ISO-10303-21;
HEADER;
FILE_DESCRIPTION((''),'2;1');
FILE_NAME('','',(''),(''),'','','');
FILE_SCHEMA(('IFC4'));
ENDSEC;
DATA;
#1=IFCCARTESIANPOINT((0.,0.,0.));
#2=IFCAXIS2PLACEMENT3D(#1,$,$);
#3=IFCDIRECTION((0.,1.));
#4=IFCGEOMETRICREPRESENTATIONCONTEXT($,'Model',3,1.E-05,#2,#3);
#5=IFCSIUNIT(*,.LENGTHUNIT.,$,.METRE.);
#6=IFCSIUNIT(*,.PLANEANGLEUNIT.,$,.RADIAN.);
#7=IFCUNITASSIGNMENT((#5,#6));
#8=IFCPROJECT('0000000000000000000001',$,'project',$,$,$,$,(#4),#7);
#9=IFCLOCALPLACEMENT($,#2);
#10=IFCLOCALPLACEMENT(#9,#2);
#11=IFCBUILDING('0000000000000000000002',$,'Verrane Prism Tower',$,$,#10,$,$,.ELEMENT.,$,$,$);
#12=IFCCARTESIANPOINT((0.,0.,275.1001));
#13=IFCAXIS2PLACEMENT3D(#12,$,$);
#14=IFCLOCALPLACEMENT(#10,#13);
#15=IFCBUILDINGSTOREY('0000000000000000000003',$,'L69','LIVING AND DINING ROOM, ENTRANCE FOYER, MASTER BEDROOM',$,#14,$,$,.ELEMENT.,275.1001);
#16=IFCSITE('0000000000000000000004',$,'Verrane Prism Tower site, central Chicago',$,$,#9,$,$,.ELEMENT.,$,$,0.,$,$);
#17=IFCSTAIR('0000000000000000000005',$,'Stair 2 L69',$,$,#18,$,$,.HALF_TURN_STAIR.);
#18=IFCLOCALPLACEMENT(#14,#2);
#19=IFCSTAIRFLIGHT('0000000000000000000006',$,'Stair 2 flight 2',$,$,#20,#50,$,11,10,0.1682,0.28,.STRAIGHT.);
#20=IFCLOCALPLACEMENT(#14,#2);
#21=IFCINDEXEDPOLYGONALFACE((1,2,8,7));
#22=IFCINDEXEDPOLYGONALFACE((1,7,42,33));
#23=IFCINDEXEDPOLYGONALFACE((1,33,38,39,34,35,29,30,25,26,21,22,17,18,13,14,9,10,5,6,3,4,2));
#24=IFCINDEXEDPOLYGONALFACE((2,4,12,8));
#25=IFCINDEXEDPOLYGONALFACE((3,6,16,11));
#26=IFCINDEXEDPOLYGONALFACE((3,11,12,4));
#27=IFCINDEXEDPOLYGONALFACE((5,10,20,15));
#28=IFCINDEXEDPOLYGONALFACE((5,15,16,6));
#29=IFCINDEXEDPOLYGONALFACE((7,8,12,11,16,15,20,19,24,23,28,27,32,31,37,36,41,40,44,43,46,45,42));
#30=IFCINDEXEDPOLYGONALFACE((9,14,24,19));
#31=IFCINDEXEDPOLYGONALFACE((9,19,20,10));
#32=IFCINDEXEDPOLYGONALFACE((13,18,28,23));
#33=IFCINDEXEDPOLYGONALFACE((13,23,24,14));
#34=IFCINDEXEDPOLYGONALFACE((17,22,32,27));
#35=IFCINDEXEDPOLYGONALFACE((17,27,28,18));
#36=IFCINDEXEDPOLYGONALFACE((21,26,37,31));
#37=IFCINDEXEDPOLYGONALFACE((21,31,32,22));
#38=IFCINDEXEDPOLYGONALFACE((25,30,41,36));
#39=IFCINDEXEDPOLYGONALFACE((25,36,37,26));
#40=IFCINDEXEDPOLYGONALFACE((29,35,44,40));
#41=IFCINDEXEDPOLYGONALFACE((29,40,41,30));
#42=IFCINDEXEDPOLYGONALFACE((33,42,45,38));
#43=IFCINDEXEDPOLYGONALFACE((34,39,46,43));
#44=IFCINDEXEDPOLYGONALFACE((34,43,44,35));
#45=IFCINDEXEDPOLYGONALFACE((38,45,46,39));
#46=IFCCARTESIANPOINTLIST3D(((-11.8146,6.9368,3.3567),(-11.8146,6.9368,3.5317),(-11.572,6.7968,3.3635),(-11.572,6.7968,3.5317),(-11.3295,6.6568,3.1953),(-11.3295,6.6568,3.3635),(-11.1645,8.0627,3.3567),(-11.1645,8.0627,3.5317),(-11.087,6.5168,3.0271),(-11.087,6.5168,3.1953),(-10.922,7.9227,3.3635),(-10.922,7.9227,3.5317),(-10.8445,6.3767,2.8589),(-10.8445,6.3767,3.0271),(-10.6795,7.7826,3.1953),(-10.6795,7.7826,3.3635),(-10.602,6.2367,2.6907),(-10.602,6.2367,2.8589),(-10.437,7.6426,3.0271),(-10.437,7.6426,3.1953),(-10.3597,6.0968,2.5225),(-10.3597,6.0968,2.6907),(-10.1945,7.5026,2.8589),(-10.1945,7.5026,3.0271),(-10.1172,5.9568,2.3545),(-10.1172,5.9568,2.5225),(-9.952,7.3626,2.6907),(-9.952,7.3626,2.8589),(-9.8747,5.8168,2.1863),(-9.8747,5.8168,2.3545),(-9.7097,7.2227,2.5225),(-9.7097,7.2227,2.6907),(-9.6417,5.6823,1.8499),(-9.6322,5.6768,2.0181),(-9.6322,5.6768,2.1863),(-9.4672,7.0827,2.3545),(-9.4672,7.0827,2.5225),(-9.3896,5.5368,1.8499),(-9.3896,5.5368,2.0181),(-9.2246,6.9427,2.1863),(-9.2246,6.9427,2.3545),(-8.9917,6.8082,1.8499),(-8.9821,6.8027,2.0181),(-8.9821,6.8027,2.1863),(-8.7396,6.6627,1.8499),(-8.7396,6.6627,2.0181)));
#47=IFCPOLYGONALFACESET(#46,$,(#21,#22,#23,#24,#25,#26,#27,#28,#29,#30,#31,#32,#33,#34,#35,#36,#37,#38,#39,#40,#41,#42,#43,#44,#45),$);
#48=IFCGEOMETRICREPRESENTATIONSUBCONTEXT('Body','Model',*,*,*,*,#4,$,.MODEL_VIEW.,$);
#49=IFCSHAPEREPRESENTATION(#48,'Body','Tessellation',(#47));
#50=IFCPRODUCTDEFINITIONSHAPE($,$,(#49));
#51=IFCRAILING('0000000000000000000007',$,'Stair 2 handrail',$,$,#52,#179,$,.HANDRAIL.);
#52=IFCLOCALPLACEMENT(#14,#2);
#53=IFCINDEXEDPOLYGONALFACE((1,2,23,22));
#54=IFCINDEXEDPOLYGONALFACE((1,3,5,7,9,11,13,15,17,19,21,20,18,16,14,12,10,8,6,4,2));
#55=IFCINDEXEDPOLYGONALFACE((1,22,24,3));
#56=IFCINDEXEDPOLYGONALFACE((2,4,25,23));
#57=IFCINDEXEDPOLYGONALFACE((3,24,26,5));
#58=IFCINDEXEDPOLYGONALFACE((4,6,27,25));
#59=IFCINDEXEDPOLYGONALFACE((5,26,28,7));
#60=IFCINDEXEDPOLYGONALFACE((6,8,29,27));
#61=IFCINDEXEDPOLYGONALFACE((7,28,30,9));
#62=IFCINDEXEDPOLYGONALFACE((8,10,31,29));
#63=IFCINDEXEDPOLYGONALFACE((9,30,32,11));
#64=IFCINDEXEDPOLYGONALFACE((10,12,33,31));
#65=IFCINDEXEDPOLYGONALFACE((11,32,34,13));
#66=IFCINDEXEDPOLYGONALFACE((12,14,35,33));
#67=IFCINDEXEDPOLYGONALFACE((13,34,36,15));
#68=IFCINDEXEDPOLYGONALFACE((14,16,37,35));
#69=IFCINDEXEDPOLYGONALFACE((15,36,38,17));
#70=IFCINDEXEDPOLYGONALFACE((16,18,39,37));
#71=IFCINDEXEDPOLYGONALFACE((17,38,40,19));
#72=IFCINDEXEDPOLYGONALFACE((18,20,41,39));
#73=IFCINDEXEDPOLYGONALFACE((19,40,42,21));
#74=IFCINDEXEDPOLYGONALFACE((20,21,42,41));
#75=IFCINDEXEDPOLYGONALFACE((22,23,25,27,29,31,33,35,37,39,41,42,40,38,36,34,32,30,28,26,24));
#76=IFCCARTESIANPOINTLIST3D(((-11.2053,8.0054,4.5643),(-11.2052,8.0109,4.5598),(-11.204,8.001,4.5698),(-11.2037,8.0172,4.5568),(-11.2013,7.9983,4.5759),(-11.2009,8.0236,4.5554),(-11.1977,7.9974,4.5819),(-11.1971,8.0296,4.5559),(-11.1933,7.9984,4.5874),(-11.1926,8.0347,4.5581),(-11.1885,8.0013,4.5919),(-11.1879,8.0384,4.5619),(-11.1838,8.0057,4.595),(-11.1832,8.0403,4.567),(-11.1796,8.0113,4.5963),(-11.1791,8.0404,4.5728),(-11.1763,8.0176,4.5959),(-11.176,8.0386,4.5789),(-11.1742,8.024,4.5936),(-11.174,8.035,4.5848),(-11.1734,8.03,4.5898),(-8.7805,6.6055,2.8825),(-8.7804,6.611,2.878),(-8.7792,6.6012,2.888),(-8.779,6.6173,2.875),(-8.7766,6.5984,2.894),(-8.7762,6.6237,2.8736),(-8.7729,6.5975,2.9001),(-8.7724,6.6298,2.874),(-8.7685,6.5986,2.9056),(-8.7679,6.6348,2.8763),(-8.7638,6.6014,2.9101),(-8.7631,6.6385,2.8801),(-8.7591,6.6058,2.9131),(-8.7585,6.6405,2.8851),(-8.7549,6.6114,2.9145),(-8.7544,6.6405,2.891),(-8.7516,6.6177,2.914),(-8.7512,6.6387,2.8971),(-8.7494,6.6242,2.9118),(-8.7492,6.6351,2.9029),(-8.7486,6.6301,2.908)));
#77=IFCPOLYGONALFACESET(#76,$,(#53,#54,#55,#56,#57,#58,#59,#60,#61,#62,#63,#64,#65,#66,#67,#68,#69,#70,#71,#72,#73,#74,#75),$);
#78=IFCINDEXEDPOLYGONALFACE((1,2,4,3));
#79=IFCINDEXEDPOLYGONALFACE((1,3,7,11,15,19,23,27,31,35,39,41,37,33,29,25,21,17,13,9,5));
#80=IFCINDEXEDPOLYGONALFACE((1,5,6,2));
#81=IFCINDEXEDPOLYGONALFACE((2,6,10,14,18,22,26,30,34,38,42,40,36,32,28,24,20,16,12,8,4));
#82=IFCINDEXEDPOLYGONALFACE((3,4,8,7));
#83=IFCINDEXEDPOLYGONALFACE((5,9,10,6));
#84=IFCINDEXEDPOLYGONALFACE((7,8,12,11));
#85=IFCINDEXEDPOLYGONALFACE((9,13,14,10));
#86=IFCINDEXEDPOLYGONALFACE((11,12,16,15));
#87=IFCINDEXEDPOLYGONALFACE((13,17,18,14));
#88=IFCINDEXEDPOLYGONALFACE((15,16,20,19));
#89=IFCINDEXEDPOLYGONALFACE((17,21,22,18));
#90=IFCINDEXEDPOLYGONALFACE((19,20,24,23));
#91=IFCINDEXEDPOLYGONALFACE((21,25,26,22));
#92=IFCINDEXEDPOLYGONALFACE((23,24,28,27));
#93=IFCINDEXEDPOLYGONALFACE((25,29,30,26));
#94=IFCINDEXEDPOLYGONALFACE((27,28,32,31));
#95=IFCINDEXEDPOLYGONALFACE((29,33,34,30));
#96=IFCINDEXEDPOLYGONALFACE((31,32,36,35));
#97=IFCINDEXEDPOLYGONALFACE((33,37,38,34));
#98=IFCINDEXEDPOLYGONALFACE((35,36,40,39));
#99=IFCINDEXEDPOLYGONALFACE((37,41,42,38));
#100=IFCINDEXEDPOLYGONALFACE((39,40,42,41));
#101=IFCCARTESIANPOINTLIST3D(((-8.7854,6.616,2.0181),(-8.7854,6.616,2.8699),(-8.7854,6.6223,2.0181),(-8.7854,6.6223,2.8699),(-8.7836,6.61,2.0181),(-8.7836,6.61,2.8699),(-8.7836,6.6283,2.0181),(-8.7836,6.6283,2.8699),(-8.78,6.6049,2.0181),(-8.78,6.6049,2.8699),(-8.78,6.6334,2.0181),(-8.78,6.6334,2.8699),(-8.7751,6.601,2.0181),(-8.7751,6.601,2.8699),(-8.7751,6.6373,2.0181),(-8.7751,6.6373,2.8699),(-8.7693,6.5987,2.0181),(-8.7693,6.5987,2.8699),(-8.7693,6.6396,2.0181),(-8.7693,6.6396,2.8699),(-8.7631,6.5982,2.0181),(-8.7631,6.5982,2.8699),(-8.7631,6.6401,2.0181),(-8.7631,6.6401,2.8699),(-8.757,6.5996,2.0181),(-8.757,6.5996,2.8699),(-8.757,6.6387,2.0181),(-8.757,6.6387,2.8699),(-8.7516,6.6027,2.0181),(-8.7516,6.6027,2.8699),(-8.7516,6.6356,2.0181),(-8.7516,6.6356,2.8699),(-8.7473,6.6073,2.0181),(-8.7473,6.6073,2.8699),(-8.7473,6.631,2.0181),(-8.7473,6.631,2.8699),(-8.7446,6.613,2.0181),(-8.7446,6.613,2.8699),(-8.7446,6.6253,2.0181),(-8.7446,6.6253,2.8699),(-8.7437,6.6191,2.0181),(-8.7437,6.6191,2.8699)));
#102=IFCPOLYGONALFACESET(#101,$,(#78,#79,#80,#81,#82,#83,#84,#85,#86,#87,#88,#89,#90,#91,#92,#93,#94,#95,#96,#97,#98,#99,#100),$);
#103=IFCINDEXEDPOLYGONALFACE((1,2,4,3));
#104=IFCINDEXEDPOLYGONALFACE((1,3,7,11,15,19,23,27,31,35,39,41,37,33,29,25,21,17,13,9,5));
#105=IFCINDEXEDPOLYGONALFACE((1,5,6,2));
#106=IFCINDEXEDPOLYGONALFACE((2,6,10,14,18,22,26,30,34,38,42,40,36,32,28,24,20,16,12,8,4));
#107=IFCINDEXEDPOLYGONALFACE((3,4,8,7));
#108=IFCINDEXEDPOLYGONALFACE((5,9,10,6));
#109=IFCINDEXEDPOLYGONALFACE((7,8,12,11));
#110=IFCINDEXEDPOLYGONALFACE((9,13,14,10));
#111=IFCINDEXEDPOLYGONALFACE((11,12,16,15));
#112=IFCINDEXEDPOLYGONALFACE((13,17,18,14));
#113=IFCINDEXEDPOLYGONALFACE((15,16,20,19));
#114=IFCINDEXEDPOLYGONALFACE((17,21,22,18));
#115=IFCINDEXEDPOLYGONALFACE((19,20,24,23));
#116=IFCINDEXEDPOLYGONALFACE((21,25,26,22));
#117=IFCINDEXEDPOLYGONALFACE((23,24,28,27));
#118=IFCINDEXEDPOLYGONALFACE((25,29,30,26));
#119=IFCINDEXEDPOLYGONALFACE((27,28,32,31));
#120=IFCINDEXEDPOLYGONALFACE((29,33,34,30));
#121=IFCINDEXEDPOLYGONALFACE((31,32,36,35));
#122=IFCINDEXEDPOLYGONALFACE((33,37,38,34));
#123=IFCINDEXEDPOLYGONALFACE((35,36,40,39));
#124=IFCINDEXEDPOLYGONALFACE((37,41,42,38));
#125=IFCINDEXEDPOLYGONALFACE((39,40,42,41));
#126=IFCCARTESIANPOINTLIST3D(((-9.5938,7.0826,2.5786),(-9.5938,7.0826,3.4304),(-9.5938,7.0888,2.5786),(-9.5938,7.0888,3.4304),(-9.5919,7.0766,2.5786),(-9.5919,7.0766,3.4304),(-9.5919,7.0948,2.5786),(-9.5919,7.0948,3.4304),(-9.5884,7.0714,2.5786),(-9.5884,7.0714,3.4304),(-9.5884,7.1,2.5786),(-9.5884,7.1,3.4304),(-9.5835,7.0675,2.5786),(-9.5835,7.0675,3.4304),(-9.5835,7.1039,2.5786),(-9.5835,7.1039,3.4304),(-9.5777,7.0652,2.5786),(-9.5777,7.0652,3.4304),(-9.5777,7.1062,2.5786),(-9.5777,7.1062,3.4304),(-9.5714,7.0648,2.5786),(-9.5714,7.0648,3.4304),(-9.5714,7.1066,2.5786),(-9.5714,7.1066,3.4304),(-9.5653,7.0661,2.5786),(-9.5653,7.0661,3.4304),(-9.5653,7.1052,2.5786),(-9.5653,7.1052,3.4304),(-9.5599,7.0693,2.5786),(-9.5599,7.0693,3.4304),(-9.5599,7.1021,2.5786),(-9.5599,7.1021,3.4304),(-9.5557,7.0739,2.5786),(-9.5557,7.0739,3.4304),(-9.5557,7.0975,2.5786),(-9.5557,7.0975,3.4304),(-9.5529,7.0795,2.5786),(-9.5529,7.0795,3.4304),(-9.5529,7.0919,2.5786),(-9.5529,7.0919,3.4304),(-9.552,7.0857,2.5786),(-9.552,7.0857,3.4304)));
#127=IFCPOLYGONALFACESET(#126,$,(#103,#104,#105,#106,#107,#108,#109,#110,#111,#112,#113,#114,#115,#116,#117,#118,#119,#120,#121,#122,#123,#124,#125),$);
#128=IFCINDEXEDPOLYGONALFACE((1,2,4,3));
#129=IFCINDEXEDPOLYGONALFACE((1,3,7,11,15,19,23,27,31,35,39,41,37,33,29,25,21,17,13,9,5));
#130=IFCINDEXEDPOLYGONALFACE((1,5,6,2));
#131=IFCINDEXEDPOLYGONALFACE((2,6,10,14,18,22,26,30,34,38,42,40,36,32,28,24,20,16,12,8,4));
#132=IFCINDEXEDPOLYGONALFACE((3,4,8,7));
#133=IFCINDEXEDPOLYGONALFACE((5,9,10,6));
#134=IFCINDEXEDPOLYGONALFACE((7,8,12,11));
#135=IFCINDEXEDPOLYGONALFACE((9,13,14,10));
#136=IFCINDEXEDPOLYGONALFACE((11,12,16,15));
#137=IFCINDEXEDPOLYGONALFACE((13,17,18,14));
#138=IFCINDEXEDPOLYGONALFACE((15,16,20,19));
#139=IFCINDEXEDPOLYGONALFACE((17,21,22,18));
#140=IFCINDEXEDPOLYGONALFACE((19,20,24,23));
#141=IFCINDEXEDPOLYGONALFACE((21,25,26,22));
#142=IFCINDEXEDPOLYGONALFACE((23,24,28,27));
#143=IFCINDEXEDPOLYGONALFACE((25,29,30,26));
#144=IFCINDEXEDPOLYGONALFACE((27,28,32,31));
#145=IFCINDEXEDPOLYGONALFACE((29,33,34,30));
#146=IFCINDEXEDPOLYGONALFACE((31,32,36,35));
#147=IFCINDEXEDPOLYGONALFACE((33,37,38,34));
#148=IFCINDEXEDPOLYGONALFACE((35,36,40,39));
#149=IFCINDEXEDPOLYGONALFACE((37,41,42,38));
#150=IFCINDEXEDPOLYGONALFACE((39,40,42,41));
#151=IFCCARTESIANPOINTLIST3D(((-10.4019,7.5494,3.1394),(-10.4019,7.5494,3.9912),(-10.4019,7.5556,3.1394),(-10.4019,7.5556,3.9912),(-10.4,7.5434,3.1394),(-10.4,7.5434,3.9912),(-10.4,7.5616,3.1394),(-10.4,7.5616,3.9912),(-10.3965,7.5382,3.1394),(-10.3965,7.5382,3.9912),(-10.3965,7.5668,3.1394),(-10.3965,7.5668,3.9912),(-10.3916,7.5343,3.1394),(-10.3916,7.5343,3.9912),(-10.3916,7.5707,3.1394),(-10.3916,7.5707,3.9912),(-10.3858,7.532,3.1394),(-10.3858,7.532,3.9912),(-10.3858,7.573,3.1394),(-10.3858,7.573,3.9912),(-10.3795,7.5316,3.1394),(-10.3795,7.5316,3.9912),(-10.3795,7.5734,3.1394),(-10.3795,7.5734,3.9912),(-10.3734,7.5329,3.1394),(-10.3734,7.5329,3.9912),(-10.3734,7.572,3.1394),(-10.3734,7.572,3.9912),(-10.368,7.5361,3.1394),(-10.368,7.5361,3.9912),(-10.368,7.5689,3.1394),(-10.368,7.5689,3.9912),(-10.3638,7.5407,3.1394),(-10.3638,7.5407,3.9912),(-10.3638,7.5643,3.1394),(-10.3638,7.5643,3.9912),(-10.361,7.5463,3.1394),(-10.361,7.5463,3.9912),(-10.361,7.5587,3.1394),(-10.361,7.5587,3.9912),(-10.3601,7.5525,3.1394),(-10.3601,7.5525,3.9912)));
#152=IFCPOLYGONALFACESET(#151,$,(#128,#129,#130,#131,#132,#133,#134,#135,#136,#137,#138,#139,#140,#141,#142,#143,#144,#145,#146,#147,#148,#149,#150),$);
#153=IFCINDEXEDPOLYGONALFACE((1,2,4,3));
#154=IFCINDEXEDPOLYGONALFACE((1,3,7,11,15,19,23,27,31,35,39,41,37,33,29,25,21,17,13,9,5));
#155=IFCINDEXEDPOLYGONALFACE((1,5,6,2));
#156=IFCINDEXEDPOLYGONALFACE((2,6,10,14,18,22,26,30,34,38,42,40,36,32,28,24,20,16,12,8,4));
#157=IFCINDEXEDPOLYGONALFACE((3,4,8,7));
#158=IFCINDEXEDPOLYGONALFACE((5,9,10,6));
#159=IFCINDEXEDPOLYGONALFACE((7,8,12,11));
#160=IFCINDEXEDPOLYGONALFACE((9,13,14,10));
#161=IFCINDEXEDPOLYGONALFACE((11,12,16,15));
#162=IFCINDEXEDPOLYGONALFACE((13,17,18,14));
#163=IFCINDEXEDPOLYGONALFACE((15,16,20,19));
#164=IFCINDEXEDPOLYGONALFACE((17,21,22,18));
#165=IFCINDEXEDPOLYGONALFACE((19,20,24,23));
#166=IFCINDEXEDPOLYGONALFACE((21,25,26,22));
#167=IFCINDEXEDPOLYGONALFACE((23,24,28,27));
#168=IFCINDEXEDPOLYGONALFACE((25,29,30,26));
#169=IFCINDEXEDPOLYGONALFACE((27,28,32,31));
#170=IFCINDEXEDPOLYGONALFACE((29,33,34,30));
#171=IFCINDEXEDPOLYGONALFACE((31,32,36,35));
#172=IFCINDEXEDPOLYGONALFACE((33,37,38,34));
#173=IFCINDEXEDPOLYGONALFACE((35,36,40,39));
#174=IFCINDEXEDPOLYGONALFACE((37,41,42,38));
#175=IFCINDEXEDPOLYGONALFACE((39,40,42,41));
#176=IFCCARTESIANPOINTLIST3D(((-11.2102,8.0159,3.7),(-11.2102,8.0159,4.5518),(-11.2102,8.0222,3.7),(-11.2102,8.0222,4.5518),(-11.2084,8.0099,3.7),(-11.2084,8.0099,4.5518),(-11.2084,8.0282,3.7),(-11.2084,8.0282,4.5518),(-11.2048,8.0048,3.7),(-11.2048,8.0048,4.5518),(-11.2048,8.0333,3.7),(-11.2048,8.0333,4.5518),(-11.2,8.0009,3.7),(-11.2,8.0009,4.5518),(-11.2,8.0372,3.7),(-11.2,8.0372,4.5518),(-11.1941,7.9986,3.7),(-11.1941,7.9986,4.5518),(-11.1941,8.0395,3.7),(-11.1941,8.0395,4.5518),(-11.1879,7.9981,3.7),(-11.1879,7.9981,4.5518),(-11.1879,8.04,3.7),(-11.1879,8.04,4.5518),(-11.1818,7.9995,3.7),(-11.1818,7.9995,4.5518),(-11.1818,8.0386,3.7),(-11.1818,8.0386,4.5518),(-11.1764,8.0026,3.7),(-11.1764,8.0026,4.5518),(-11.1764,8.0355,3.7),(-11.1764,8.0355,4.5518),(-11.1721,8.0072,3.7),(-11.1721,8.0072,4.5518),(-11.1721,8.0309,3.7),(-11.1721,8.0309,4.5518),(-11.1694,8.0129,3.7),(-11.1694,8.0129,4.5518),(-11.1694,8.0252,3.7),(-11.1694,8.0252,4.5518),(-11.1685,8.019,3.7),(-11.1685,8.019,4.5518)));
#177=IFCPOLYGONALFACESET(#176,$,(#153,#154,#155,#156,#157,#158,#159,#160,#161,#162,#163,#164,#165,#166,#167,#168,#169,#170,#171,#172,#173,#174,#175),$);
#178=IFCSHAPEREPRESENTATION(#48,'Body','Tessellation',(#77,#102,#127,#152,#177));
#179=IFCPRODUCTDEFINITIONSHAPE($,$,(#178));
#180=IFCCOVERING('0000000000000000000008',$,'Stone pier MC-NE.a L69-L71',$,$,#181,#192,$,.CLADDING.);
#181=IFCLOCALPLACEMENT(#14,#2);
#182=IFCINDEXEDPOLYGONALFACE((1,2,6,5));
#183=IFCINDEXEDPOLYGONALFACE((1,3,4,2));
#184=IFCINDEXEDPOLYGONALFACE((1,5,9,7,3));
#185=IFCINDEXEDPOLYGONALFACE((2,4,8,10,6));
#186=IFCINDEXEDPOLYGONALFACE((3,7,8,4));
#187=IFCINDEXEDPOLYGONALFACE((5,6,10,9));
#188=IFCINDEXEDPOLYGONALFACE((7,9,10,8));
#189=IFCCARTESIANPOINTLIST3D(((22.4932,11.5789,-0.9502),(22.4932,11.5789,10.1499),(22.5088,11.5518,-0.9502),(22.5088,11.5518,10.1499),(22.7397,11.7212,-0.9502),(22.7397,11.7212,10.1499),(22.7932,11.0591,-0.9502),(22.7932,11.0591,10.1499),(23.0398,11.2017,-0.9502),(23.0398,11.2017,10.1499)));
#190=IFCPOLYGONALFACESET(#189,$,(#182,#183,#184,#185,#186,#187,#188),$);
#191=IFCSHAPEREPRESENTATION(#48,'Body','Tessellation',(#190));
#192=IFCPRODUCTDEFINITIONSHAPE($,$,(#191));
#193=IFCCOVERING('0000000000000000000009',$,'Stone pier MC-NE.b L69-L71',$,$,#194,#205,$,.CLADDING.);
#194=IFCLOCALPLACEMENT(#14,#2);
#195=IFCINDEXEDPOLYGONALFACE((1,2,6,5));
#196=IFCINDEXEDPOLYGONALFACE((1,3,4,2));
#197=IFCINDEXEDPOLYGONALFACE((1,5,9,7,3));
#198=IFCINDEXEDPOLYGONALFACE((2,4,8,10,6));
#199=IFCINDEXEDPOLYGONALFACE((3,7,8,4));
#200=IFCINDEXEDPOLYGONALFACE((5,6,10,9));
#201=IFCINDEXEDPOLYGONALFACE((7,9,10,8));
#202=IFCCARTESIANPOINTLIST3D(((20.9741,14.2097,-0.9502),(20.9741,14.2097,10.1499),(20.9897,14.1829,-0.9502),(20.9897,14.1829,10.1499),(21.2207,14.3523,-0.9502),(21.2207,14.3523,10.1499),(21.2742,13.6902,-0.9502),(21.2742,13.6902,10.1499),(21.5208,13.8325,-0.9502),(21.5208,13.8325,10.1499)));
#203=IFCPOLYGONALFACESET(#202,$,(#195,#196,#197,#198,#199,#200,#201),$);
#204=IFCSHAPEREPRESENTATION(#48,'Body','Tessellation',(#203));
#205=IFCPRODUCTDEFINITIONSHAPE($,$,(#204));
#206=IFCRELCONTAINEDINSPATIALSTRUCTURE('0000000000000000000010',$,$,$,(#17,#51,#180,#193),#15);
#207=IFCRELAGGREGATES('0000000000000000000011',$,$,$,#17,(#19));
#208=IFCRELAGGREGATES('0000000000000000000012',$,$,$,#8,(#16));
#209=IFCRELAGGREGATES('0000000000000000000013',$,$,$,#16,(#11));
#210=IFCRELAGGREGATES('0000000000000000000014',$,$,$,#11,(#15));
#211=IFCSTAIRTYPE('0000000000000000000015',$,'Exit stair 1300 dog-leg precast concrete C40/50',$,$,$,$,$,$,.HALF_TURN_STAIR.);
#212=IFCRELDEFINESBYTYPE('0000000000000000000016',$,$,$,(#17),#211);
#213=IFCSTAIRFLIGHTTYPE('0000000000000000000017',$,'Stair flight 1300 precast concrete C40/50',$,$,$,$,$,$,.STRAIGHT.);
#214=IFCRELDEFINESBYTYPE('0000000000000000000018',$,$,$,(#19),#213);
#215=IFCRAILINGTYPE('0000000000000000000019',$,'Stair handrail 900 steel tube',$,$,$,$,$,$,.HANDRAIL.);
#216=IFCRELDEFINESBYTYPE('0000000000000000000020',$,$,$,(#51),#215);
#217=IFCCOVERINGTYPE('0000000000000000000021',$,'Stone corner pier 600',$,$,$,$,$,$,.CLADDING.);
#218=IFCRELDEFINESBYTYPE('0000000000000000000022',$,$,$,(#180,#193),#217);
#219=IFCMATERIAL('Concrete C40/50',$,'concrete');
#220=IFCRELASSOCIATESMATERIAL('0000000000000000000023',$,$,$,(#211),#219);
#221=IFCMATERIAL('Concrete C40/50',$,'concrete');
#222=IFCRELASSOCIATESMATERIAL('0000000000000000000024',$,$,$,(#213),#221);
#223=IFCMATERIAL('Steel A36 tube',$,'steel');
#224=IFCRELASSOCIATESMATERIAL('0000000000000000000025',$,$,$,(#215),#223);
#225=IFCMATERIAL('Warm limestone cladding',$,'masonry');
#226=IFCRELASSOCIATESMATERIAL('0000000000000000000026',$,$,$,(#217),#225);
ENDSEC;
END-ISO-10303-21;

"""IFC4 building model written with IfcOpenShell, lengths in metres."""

from ifc_helpers import new_model, si_unit, direction, frame, origin, origin_2d, place, context, subcontext, project, spatial, polyline, circle, outline, extrude, material, type_object, element, aggregate, save


model = new_model("IFC4")

# Units and contexts
model_context = context("Model", 3, precision=1e-05, world=origin(), true_north=direction((0.0, 1.0)))
body_context = subcontext(model_context, "Body", "Model", "MODEL_VIEW")
ifc_project = project(units=[si_unit("LENGTHUNIT", "METRE"), si_unit("PLANEANGLEUNIT", "RADIAN")], contexts=[model_context])

# Site, building, storey
site_placement = place(None, origin())
site = spatial("IfcSite", under=ifc_project, at=site_placement, Name="Verrane Prism Tower site, central Chicago", CompositionType="ELEMENT", RefElevation=0.0)
building_placement = place(site_placement, origin())
building = spatial("IfcBuilding", under=site, at=building_placement, Name="Verrane Prism Tower", CompositionType="ELEMENT")
storey_placement = place(building_placement, frame((0.0, 0.0, 275.1001)))
storey = spatial("IfcBuildingStorey", under=building, at=storey_placement, Name="L69", Description="LIVING AND DINING ROOM, ENTRANCE FOYER, MASTER BEDROOM", CompositionType="ELEMENT", Elevation=275.1001)

# Stair, stair flight
ifc_material_1 = material(Name="Concrete C40/50", Category="concrete")
stair_type = type_object("IfcStairType", Name="Exit stair 1300 dog-leg precast concrete C40/50", PredefinedType="HALF_TURN_STAIR", material=ifc_material_1)
stair_placement = place(storey_placement, origin())
stair = element("IfcStair", 1, at=stair_placement, inside=storey, type_object=stair_type, Name="Stair 2 L69", PredefinedType="HALF_TURN_STAIR")
ifc_material_2 = material(Name="Concrete C40/50", Category="concrete")
stair_flight_type = type_object("IfcStairFlightType", Name="Stair flight 1300 precast concrete C40/50", PredefinedType="STRAIGHT", material=ifc_material_2)
stair_flight_placement = place(storey_placement, frame((-9.0647, 6.0996, 1.8499), z_axis=(0.0, 0.0, 1.0), x_axis=(-0.866025, 0.5, 0.0)))
stair_flight = element("IfcStairFlight", 2, at=stair_flight_placement, type_object=stair_flight_type, Name="Stair 2 flight 2", NumberOfRisers=11, NumberOfTreads=10, PredefinedType="STRAIGHT", RiserHeight=0.1682, TreadLength=0.28, context=body_context, shape_type="SweptSolid", body=[
    extrude(outline(polyline([(0.0, 0.0), (0.0, 0.1682), (0.28, 0.1682), (0.28, 0.3364), (0.5601, 0.3364), (0.5601, 0.5046), (0.8401, 0.5046), (0.8401, 0.6726), (1.1201, 0.6726), (1.1201, 0.8408), (1.3999, 0.8408), (1.3999, 1.009), (1.6799, 1.009), (1.6799, 1.1772), (1.96, 1.1772), (1.96, 1.3455), (2.24, 1.3455), (2.24, 1.5137), (2.52, 1.5137), (2.52, 1.6819), (2.8, 1.6819), (2.8, 1.8501), (2.8, 1.5068), (0.291, 0.0), (0.0, 0.0)])), frame((0.0, 0.6499, 0.0), z_axis=(0.0, -1.0, 0.0), x_axis=(1.0, 0.0, 0.0)), (0.0, 0.0, 1.0), 1.3),
])
aggregate(stair, [stair_flight])

# Railing
ifc_material_3 = material(Name="Steel A36 tube", Category="steel")
railing_type_1 = type_object("IfcRailingType", Name="Stair handrail 900 steel tube", PredefinedType="HANDRAIL", material=ifc_material_3)
railing_1_placement = place(storey_placement, frame((-8.7646, 6.6191, 2.0181)))
element("IfcRailing", 3, at=railing_1_placement, inside=storey, type_object=railing_type_1, Name="Stair 2 handrail", PredefinedType="HANDRAIL", context=body_context, shape_type="SweptSolid", body=[
    extrude(circle(Radius=0.0239, at=origin_2d()), frame((0.0, 0.0, 0.876), z_axis=(-0.74239, 0.428601, 0.514934), x_axis=(-0.499984, -0.866035, 0.0)), (0.0, 0.0, 1.0), 3.2661),
    extrude(circle(Radius=0.021, at=origin_2d()), origin(), (0.0, 0.0, 1.0), 0.8518),
    extrude(circle(Radius=0.021, at=origin_2d()), frame((-0.8083, 0.4666, 0.5605)), (0.0, 0.0, 1.0), 0.8518),
    extrude(circle(Radius=0.021, at=origin_2d()), frame((-1.6165, 0.9333, 1.1213)), (0.0, 0.0, 1.0), 0.8518),
    extrude(circle(Radius=0.021, at=origin_2d()), frame((-2.4248, 1.3999, 1.6819)), (0.0, 0.0, 1.0), 0.8518),
])

# Coverings
ifc_material_4 = material(Name="Warm limestone cladding", Category="masonry")
covering_type = type_object("IfcCoveringType", Name="Stone corner pier 600", PredefinedType="CLADDING", material=ifc_material_4)
covering_1_placement = place(storey_placement, frame((0.0, 0.0, -0.9502)))
element("IfcCovering", 4, at=covering_1_placement, inside=storey, type_object=covering_type, Name="Stone pier MC-NE.a L69-L71", PredefinedType="CLADDING", context=body_context, shape_type="SweptSolid", body=[
    extrude(outline(polyline([(22.4932, 11.5789), (22.5088, 11.5518), (22.7932, 11.0591), (23.0398, 11.2017), (22.7397, 11.7212), (22.4932, 11.5789)])), origin(), (0.0, 0.0, 1.0), 11.1001),
])
covering_2_placement = place(storey_placement, frame((0.0, 0.0, -0.9502)))
element("IfcCovering", 5, at=covering_2_placement, inside=storey, type_object=covering_type, Name="Stone pier MC-NE.b L69-L71", PredefinedType="CLADDING", context=body_context, shape_type="SweptSolid", body=[
    extrude(outline(polyline([(20.9741, 14.2097), (20.9897, 14.1829), (21.2742, 13.6902), (21.5208, 13.8325), (21.2207, 14.3523), (20.9741, 14.2097)])), origin(), (0.0, 0.0, 1.0), 11.1001),
])

save(model, "model.ifc")
